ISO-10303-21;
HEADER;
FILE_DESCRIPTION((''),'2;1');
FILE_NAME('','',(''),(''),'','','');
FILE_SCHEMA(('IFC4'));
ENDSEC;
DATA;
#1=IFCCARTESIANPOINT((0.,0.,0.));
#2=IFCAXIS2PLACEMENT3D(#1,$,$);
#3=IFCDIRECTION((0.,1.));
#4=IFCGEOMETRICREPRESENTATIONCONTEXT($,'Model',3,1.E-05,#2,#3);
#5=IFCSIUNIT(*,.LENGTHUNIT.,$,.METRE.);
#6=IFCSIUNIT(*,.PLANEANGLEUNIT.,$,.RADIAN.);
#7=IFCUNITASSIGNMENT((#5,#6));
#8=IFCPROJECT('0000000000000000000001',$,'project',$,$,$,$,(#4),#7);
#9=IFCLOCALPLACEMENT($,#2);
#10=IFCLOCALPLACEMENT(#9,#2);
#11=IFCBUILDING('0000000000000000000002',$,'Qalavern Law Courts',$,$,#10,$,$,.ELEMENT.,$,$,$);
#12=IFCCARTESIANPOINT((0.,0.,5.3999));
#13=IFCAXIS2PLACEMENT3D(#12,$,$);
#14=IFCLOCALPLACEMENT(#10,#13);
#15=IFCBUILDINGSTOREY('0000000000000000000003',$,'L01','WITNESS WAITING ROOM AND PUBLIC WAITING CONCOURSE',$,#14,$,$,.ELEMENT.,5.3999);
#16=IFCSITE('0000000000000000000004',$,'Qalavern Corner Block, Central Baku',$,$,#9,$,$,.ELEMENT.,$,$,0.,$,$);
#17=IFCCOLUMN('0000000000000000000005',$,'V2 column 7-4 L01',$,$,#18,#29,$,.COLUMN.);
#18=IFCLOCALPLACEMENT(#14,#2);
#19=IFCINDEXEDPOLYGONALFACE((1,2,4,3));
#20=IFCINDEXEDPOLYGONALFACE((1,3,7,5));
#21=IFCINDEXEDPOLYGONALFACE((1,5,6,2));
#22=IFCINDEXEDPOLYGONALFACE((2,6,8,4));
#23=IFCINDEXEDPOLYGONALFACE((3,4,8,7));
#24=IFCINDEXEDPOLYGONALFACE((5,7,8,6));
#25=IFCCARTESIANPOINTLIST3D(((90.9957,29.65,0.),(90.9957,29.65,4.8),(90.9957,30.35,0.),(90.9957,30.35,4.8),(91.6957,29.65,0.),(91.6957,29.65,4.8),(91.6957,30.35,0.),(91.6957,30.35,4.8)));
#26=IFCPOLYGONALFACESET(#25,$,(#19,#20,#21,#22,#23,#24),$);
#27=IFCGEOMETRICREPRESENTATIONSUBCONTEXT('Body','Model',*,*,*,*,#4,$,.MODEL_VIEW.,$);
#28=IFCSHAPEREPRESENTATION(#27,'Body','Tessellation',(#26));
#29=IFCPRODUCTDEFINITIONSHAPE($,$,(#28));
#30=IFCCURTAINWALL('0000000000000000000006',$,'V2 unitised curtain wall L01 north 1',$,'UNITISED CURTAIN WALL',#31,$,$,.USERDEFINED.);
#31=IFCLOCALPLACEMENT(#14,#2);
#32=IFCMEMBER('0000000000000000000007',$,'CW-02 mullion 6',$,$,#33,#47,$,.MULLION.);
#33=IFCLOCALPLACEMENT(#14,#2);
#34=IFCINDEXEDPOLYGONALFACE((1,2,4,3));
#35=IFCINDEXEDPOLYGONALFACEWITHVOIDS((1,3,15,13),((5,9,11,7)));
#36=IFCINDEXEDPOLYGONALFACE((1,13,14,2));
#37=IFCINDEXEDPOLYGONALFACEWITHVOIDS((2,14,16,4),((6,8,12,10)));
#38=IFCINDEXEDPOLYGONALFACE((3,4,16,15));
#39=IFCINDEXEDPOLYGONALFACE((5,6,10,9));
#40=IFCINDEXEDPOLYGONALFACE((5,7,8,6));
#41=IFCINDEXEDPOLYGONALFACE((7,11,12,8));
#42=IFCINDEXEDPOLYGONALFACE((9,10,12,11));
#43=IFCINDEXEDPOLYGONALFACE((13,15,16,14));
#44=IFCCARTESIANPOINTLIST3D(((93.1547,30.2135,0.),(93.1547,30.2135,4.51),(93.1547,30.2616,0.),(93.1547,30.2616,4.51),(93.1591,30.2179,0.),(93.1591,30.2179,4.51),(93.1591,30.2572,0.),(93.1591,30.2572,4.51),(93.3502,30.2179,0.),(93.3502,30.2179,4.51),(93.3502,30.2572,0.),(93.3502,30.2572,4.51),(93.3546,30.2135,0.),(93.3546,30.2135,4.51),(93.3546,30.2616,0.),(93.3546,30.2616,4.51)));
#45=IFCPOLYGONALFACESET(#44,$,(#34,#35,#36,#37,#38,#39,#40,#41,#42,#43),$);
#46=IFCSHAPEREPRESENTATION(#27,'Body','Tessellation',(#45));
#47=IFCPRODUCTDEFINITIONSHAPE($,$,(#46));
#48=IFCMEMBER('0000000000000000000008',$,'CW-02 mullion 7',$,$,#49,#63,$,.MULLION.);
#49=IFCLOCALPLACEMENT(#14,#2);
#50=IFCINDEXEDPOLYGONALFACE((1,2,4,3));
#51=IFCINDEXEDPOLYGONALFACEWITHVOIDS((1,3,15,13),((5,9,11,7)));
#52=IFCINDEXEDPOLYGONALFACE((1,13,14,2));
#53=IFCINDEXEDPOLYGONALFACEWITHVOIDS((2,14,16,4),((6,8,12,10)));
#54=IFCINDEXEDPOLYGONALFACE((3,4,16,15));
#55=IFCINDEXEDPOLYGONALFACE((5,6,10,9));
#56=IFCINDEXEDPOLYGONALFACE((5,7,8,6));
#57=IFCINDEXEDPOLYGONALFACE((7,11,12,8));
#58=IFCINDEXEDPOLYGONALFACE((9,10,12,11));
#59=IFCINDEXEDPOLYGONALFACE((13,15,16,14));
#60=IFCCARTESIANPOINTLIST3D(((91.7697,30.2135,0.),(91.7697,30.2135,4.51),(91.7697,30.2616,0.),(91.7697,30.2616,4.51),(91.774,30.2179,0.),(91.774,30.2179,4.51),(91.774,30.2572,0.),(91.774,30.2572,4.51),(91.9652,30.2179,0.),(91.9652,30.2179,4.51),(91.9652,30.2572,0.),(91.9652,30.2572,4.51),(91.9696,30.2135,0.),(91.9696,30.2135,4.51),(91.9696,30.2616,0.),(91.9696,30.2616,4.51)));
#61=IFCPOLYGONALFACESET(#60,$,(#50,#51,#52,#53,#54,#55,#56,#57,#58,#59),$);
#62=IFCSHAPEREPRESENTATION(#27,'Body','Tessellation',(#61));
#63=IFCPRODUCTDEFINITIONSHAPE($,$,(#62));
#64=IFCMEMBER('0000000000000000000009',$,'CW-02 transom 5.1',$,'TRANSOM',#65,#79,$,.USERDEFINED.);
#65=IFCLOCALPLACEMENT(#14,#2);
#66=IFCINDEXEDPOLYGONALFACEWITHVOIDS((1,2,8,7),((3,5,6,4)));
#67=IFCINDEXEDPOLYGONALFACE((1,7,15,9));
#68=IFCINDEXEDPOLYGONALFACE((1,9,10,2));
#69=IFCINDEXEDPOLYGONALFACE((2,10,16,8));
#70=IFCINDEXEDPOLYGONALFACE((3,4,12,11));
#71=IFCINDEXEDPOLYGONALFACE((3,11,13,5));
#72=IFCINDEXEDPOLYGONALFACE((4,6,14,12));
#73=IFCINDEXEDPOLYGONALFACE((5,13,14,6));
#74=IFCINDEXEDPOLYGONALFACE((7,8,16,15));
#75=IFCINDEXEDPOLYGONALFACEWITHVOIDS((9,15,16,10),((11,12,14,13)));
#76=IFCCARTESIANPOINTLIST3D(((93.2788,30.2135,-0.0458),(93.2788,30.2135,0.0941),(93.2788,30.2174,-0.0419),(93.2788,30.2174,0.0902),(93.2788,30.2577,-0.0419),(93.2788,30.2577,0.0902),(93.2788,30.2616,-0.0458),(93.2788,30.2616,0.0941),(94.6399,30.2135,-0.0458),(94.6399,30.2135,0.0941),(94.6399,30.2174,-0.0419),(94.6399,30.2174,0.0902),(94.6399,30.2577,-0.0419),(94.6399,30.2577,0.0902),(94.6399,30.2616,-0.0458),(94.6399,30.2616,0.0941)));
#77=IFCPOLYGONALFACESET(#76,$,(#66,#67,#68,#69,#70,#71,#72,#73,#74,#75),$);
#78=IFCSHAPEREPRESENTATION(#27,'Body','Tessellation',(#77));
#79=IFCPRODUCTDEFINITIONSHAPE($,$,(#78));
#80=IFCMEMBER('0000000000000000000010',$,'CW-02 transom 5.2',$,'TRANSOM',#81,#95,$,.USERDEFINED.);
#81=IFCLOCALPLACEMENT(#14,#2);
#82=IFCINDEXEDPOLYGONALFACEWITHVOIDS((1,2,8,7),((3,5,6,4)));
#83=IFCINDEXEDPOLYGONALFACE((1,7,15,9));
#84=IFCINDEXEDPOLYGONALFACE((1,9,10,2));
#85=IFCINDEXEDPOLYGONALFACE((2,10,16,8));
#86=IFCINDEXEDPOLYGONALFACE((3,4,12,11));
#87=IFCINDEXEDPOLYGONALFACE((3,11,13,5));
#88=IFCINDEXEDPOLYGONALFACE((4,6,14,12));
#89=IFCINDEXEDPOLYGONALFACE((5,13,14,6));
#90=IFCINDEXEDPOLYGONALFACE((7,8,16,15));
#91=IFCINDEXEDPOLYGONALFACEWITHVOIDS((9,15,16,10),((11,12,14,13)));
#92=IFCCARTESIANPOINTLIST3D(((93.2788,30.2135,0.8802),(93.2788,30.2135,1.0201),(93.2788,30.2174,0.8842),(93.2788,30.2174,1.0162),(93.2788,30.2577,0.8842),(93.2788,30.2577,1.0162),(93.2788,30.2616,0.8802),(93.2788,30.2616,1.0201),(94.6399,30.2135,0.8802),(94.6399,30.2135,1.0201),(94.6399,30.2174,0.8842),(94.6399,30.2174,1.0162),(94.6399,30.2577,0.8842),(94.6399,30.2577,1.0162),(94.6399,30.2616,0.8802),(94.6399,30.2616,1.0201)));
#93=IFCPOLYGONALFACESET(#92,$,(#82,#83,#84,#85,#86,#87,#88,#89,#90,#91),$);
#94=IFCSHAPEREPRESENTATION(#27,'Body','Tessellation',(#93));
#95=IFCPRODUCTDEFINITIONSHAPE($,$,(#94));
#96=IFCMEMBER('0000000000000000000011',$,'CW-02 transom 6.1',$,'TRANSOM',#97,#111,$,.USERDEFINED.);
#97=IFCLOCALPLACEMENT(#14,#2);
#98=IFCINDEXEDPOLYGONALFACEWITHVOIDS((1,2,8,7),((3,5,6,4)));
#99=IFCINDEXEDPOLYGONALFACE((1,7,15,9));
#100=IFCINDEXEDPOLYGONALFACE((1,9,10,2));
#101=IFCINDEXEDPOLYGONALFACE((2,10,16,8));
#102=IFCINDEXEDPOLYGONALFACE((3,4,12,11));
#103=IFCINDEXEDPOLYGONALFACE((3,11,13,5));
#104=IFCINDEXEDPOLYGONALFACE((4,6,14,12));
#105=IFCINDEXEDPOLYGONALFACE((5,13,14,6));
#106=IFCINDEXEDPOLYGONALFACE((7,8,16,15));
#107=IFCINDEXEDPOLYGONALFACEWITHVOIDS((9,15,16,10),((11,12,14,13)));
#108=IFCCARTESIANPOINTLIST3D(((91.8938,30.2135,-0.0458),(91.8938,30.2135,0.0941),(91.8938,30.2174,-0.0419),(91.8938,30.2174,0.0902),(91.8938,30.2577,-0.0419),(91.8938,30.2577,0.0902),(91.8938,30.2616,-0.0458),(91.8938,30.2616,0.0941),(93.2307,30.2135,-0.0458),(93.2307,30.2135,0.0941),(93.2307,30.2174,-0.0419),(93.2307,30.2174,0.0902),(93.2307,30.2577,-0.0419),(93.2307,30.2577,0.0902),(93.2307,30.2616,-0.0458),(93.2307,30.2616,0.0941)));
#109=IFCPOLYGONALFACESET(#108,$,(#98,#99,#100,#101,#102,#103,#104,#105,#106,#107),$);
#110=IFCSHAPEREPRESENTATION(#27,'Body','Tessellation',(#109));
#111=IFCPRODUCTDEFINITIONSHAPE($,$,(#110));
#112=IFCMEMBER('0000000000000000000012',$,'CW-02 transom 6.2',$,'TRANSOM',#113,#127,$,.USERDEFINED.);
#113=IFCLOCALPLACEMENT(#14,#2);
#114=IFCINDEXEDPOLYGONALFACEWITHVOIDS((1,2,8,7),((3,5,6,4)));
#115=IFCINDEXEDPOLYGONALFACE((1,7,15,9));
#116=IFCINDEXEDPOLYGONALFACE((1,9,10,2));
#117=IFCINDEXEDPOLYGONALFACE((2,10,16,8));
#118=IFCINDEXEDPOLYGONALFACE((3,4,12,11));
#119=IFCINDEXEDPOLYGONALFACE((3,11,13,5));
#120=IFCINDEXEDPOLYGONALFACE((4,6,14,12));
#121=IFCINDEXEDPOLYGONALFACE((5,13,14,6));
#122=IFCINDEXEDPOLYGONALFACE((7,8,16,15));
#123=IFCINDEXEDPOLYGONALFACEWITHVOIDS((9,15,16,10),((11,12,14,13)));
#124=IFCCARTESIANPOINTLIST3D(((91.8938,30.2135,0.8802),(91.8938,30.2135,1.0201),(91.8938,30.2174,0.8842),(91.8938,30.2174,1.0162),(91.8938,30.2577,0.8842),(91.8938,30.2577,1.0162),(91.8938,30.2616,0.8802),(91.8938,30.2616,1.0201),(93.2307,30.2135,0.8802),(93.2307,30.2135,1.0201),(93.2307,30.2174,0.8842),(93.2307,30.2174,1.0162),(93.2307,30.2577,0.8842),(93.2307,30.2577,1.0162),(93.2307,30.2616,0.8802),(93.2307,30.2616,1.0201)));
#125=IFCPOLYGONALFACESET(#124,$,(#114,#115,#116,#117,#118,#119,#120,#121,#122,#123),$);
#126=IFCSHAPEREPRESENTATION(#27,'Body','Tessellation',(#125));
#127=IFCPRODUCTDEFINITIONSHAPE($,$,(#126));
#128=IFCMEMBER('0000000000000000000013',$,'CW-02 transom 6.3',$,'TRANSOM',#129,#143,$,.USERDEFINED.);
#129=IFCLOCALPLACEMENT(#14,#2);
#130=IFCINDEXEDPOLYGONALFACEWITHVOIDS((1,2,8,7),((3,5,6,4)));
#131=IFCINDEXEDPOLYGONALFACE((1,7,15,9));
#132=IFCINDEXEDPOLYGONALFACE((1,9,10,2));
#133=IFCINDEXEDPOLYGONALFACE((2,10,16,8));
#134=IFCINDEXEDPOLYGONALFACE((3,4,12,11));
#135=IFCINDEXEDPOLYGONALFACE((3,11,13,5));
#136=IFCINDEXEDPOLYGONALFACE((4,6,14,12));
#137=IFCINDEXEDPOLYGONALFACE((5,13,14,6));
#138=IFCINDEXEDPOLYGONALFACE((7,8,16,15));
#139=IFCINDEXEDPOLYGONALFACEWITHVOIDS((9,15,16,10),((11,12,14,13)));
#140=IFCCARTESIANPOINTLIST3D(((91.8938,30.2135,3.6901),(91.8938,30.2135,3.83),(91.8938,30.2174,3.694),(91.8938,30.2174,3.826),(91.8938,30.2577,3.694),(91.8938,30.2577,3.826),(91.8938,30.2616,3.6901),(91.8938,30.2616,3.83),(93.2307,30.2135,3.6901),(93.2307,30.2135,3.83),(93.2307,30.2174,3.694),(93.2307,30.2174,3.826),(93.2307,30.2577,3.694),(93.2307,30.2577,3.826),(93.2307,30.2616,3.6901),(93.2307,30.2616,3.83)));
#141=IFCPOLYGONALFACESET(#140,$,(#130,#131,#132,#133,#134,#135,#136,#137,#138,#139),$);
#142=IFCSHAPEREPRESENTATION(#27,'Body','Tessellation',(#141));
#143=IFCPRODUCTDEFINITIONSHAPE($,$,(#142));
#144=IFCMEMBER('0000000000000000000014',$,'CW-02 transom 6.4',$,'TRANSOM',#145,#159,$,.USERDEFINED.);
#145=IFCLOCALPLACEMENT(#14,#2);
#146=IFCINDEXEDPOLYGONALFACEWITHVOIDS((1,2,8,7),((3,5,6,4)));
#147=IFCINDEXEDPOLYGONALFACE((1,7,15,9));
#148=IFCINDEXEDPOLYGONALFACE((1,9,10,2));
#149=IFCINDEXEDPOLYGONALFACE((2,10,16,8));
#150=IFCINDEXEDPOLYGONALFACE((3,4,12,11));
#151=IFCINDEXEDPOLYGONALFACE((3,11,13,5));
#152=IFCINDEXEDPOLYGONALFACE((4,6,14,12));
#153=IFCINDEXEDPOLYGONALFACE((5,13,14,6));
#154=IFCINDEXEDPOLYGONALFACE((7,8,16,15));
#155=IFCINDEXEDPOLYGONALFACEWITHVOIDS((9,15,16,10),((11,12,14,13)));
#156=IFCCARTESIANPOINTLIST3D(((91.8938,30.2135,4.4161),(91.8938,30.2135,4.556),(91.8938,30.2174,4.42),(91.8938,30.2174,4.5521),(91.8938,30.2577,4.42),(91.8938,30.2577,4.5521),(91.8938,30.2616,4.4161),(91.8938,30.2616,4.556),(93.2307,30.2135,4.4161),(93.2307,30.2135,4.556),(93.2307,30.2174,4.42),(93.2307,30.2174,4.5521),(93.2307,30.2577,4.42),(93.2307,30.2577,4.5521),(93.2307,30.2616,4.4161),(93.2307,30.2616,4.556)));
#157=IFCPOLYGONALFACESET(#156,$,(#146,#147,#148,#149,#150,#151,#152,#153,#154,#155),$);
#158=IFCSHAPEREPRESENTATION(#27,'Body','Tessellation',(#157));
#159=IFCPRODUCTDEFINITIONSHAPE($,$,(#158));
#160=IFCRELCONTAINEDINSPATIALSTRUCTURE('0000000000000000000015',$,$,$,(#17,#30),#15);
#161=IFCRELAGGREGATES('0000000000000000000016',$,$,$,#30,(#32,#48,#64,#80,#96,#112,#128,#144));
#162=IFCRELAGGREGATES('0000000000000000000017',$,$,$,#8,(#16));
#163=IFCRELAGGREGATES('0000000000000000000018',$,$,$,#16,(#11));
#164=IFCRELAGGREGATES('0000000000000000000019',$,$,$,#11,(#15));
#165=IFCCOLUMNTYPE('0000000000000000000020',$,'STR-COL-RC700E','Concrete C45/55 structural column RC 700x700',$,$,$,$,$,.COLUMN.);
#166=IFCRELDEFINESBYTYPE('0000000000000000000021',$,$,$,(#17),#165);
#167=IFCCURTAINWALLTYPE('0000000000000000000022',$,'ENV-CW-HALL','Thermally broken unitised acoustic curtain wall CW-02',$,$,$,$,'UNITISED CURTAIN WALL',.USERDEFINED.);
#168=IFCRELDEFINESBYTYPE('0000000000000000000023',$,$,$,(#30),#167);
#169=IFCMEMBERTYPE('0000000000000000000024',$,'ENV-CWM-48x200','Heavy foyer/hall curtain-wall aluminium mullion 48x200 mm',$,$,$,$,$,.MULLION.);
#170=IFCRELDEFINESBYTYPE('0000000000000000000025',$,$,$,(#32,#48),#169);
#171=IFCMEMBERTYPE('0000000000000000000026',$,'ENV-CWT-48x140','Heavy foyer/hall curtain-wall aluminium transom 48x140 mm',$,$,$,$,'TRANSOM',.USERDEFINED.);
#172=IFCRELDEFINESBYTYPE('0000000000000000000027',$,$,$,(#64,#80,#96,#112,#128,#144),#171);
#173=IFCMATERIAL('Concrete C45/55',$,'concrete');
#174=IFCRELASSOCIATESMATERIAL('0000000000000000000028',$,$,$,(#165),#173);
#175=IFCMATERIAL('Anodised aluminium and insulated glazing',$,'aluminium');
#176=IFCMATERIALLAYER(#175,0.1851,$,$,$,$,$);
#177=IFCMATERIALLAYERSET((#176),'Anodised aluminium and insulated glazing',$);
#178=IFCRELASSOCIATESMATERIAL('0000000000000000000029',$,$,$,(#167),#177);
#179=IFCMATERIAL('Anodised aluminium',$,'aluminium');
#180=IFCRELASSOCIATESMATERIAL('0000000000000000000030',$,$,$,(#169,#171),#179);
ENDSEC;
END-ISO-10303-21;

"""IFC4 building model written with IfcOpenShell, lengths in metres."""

from ifc_helpers import new_model, si_unit, direction, frame, origin, origin_2d, place, context, subcontext, project, spatial, rectangle, hollow_rectangle, extrude, material, layer, layer_set, material_profile, profile_set, type_object, element, aggregate, save


model = new_model("IFC4")

# Units and contexts
model_context = context("Model", 3, precision=1e-05, world=origin(), true_north=direction((0.0, 1.0)))
body_context = subcontext(model_context, "Body", "Model", "MODEL_VIEW")
ifc_project = project(units=[si_unit("LENGTHUNIT", "METRE"), si_unit("PLANEANGLEUNIT", "RADIAN")], contexts=[model_context])

# Site, building, storey
site_placement = place(None, origin())
site = spatial("IfcSite", under=ifc_project, at=site_placement, Name="Qalavern Corner Block, Central Baku", CompositionType="ELEMENT", RefElevation=0.0)
building_placement = place(site_placement, origin())
building = spatial("IfcBuilding", under=site, at=building_placement, Name="Qalavern Law Courts", CompositionType="ELEMENT")
storey_placement = place(building_placement, frame((0.0, 0.0, 5.3999)))
storey = spatial("IfcBuildingStorey", under=building, at=storey_placement, Name="L01", Description="WITNESS WAITING ROOM AND PUBLIC WAITING CONCOURSE", CompositionType="ELEMENT", Elevation=5.3999)

# Column
ifc_material_1 = material(Name="Concrete C45/55", Category="concrete")
ifc_material_profile_1 = material_profile(ifc_material_1, rectangle(XDim=0.7, YDim=0.7, at=origin_2d()), Name="RC 700x700")
ifc_profile_set_1 = profile_set([ifc_material_profile_1], Name="Concrete C45/55")
column_type = type_object("IfcColumnType", Name="STR-COL-RC700E", Description="Concrete C45/55 structural column RC 700x700", PredefinedType="COLUMN", material=ifc_profile_set_1)
column_placement = place(storey_placement, frame((91.3457, 30.0, 0.0), z_axis=(0.0, 0.0, 1.0), x_axis=(1.0, 0.0, 0.0)))
element("IfcColumn", 1, at=column_placement, inside=storey, type_object=column_type, Name="V2 column 7-4 L01", PredefinedType="COLUMN", context=body_context, shape_type="SweptSolid", body=[
    extrude(rectangle(XDim=0.7, YDim=0.7, at=origin_2d()), origin(), (0.0, 0.0, 1.0), 4.8),
])

# Curtain wall, members
ifc_material_2 = material(Name="Anodised aluminium and insulated glazing", Category="aluminium")
ifc_layer_1 = layer(ifc_material_2, 0.1851)
ifc_layer_set_1 = layer_set([ifc_layer_1], Name="Anodised aluminium and insulated glazing")
curtain_wall_type = type_object("IfcCurtainWallType", Name="ENV-CW-HALL", Description="Thermally broken unitised acoustic curtain wall CW-02", ElementType="UNITISED CURTAIN WALL", PredefinedType="USERDEFINED", material=ifc_layer_set_1)
curtain_wall_placement = place(storey_placement, origin())
curtain_wall = element("IfcCurtainWall", 2, at=curtain_wall_placement, inside=storey, type_object=curtain_wall_type, Name="V2 unitised curtain wall L01 north 1", ObjectType="UNITISED CURTAIN WALL", PredefinedType="USERDEFINED")
ifc_material_3 = material(Name="Anodised aluminium", Category="aluminium")
ifc_material_profile_2 = material_profile(ifc_material_3, hollow_rectangle(XDim=0.0481, YDim=0.2, WallThickness=0.0044, at=origin_2d()), Name="ALU MULLION 48x200")
ifc_profile_set_2 = profile_set([ifc_material_profile_2], Name="Anodised aluminium")
member_type_1 = type_object("IfcMemberType", Name="ENV-CWM-48x200", Description="Heavy foyer/hall curtain-wall aluminium mullion 48x200 mm", PredefinedType="MULLION", material=ifc_profile_set_2)
member_1_placement = place(storey_placement, frame((93.2546, 30.2375, 0.0), z_axis=(0.0, 0.0, 1.0), x_axis=(0.0, -1.0, 0.0)))
member_1 = element("IfcMember", 3, at=member_1_placement, type_object=member_type_1, Name="CW-02 mullion 6", PredefinedType="MULLION", context=body_context, shape_type="SweptSolid", body=[
    extrude(hollow_rectangle(XDim=0.0481, YDim=0.2, WallThickness=0.0044, at=origin_2d()), origin(), (0.0, 0.0, 1.0), 4.51),
])
member_2_placement = place(storey_placement, frame((91.8696, 30.2375, 0.0), z_axis=(0.0, 0.0, 1.0), x_axis=(0.0, -1.0, 0.0)))
member_2 = element("IfcMember", 4, at=member_2_placement, type_object=member_type_1, Name="CW-02 mullion 7", PredefinedType="MULLION", context=body_context, shape_type="SweptSolid", body=[
    extrude(hollow_rectangle(XDim=0.0481, YDim=0.2, WallThickness=0.0044, at=origin_2d()), origin(), (0.0, 0.0, 1.0), 4.51),
])
ifc_material_profile_3 = material_profile(ifc_material_3, hollow_rectangle(XDim=0.0481, YDim=0.1399, WallThickness=0.0039, at=origin_2d()), Name="ALU TRANSOM 48x140")
ifc_profile_set_3 = profile_set([ifc_material_profile_3], Name="Anodised aluminium")
member_type_2 = type_object("IfcMemberType", Name="ENV-CWT-48x140", Description="Heavy foyer/hall curtain-wall aluminium transom 48x140 mm", ElementType="TRANSOM", PredefinedType="USERDEFINED", material=ifc_profile_set_3)
member_3_placement = place(storey_placement, frame((94.6399, 30.2375, 0.0242), z_axis=(-1.0, 0.0, 0.0), x_axis=(0.0, -1.0, 0.0)))
member_3 = element("IfcMember", 5, at=member_3_placement, type_object=member_type_2, Name="CW-02 transom 5.1", ObjectType="TRANSOM", PredefinedType="USERDEFINED", context=body_context, shape_type="SweptSolid", body=[
    extrude(hollow_rectangle(XDim=0.0481, YDim=0.1399, WallThickness=0.0039, at=origin_2d()), origin(), (0.0, 0.0, 1.0), 1.3611),
])
member_4_placement = place(storey_placement, frame((94.6399, 30.2375, 0.9502), z_axis=(-1.0, 0.0, 0.0), x_axis=(0.0, -1.0, 0.0)))
member_4 = element("IfcMember", 6, at=member_4_placement, type_object=member_type_2, Name="CW-02 transom 5.2", ObjectType="TRANSOM", PredefinedType="USERDEFINED", context=body_context, shape_type="SweptSolid", body=[
    extrude(hollow_rectangle(XDim=0.0481, YDim=0.1399, WallThickness=0.0039, at=origin_2d()), origin(), (0.0, 0.0, 1.0), 1.3611),
])
member_5_placement = place(storey_placement, frame((93.2307, 30.2375, 0.0242), z_axis=(-1.0, 0.0, 0.0), x_axis=(0.0, -1.0, 0.0)))
member_5 = element("IfcMember", 7, at=member_5_placement, type_object=member_type_2, Name="CW-02 transom 6.1", ObjectType="TRANSOM", PredefinedType="USERDEFINED", context=body_context, shape_type="SweptSolid", body=[
    extrude(hollow_rectangle(XDim=0.0481, YDim=0.1399, WallThickness=0.0039, at=origin_2d()), origin(), (0.0, 0.0, 1.0), 1.3369),
])
member_6_placement = place(storey_placement, frame((93.2307, 30.2375, 0.9502), z_axis=(-1.0, 0.0, 0.0), x_axis=(0.0, -1.0, 0.0)))
member_6 = element("IfcMember", 8, at=member_6_placement, type_object=member_type_2, Name="CW-02 transom 6.2", ObjectType="TRANSOM", PredefinedType="USERDEFINED", context=body_context, shape_type="SweptSolid", body=[
    extrude(hollow_rectangle(XDim=0.0481, YDim=0.1399, WallThickness=0.0039, at=origin_2d()), origin(), (0.0, 0.0, 1.0), 1.3369),
])
member_7_placement = place(storey_placement, frame((93.2307, 30.2375, 3.76), z_axis=(-1.0, 0.0, 0.0), x_axis=(0.0, -1.0, 0.0)))
member_7 = element("IfcMember", 9, at=member_7_placement, type_object=member_type_2, Name="CW-02 transom 6.3", ObjectType="TRANSOM", PredefinedType="USERDEFINED", context=body_context, shape_type="SweptSolid", body=[
    extrude(hollow_rectangle(XDim=0.0481, YDim=0.1399, WallThickness=0.0039, at=origin_2d()), origin(), (0.0, 0.0, 1.0), 1.3369),
])
member_8_placement = place(storey_placement, frame((93.2307, 30.2375, 4.4861), z_axis=(-1.0, 0.0, 0.0), x_axis=(0.0, -1.0, 0.0)))
member_8 = element("IfcMember", 10, at=member_8_placement, type_object=member_type_2, Name="CW-02 transom 6.4", ObjectType="TRANSOM", PredefinedType="USERDEFINED", context=body_context, shape_type="SweptSolid", body=[
    extrude(hollow_rectangle(XDim=0.0481, YDim=0.1399, WallThickness=0.0039, at=origin_2d()), origin(), (0.0, 0.0, 1.0), 1.3369),
])

aggregate(curtain_wall, [member_1, member_2, member_3, member_4, member_5, member_6, member_7, member_8])

save(model, "model.ifc")
